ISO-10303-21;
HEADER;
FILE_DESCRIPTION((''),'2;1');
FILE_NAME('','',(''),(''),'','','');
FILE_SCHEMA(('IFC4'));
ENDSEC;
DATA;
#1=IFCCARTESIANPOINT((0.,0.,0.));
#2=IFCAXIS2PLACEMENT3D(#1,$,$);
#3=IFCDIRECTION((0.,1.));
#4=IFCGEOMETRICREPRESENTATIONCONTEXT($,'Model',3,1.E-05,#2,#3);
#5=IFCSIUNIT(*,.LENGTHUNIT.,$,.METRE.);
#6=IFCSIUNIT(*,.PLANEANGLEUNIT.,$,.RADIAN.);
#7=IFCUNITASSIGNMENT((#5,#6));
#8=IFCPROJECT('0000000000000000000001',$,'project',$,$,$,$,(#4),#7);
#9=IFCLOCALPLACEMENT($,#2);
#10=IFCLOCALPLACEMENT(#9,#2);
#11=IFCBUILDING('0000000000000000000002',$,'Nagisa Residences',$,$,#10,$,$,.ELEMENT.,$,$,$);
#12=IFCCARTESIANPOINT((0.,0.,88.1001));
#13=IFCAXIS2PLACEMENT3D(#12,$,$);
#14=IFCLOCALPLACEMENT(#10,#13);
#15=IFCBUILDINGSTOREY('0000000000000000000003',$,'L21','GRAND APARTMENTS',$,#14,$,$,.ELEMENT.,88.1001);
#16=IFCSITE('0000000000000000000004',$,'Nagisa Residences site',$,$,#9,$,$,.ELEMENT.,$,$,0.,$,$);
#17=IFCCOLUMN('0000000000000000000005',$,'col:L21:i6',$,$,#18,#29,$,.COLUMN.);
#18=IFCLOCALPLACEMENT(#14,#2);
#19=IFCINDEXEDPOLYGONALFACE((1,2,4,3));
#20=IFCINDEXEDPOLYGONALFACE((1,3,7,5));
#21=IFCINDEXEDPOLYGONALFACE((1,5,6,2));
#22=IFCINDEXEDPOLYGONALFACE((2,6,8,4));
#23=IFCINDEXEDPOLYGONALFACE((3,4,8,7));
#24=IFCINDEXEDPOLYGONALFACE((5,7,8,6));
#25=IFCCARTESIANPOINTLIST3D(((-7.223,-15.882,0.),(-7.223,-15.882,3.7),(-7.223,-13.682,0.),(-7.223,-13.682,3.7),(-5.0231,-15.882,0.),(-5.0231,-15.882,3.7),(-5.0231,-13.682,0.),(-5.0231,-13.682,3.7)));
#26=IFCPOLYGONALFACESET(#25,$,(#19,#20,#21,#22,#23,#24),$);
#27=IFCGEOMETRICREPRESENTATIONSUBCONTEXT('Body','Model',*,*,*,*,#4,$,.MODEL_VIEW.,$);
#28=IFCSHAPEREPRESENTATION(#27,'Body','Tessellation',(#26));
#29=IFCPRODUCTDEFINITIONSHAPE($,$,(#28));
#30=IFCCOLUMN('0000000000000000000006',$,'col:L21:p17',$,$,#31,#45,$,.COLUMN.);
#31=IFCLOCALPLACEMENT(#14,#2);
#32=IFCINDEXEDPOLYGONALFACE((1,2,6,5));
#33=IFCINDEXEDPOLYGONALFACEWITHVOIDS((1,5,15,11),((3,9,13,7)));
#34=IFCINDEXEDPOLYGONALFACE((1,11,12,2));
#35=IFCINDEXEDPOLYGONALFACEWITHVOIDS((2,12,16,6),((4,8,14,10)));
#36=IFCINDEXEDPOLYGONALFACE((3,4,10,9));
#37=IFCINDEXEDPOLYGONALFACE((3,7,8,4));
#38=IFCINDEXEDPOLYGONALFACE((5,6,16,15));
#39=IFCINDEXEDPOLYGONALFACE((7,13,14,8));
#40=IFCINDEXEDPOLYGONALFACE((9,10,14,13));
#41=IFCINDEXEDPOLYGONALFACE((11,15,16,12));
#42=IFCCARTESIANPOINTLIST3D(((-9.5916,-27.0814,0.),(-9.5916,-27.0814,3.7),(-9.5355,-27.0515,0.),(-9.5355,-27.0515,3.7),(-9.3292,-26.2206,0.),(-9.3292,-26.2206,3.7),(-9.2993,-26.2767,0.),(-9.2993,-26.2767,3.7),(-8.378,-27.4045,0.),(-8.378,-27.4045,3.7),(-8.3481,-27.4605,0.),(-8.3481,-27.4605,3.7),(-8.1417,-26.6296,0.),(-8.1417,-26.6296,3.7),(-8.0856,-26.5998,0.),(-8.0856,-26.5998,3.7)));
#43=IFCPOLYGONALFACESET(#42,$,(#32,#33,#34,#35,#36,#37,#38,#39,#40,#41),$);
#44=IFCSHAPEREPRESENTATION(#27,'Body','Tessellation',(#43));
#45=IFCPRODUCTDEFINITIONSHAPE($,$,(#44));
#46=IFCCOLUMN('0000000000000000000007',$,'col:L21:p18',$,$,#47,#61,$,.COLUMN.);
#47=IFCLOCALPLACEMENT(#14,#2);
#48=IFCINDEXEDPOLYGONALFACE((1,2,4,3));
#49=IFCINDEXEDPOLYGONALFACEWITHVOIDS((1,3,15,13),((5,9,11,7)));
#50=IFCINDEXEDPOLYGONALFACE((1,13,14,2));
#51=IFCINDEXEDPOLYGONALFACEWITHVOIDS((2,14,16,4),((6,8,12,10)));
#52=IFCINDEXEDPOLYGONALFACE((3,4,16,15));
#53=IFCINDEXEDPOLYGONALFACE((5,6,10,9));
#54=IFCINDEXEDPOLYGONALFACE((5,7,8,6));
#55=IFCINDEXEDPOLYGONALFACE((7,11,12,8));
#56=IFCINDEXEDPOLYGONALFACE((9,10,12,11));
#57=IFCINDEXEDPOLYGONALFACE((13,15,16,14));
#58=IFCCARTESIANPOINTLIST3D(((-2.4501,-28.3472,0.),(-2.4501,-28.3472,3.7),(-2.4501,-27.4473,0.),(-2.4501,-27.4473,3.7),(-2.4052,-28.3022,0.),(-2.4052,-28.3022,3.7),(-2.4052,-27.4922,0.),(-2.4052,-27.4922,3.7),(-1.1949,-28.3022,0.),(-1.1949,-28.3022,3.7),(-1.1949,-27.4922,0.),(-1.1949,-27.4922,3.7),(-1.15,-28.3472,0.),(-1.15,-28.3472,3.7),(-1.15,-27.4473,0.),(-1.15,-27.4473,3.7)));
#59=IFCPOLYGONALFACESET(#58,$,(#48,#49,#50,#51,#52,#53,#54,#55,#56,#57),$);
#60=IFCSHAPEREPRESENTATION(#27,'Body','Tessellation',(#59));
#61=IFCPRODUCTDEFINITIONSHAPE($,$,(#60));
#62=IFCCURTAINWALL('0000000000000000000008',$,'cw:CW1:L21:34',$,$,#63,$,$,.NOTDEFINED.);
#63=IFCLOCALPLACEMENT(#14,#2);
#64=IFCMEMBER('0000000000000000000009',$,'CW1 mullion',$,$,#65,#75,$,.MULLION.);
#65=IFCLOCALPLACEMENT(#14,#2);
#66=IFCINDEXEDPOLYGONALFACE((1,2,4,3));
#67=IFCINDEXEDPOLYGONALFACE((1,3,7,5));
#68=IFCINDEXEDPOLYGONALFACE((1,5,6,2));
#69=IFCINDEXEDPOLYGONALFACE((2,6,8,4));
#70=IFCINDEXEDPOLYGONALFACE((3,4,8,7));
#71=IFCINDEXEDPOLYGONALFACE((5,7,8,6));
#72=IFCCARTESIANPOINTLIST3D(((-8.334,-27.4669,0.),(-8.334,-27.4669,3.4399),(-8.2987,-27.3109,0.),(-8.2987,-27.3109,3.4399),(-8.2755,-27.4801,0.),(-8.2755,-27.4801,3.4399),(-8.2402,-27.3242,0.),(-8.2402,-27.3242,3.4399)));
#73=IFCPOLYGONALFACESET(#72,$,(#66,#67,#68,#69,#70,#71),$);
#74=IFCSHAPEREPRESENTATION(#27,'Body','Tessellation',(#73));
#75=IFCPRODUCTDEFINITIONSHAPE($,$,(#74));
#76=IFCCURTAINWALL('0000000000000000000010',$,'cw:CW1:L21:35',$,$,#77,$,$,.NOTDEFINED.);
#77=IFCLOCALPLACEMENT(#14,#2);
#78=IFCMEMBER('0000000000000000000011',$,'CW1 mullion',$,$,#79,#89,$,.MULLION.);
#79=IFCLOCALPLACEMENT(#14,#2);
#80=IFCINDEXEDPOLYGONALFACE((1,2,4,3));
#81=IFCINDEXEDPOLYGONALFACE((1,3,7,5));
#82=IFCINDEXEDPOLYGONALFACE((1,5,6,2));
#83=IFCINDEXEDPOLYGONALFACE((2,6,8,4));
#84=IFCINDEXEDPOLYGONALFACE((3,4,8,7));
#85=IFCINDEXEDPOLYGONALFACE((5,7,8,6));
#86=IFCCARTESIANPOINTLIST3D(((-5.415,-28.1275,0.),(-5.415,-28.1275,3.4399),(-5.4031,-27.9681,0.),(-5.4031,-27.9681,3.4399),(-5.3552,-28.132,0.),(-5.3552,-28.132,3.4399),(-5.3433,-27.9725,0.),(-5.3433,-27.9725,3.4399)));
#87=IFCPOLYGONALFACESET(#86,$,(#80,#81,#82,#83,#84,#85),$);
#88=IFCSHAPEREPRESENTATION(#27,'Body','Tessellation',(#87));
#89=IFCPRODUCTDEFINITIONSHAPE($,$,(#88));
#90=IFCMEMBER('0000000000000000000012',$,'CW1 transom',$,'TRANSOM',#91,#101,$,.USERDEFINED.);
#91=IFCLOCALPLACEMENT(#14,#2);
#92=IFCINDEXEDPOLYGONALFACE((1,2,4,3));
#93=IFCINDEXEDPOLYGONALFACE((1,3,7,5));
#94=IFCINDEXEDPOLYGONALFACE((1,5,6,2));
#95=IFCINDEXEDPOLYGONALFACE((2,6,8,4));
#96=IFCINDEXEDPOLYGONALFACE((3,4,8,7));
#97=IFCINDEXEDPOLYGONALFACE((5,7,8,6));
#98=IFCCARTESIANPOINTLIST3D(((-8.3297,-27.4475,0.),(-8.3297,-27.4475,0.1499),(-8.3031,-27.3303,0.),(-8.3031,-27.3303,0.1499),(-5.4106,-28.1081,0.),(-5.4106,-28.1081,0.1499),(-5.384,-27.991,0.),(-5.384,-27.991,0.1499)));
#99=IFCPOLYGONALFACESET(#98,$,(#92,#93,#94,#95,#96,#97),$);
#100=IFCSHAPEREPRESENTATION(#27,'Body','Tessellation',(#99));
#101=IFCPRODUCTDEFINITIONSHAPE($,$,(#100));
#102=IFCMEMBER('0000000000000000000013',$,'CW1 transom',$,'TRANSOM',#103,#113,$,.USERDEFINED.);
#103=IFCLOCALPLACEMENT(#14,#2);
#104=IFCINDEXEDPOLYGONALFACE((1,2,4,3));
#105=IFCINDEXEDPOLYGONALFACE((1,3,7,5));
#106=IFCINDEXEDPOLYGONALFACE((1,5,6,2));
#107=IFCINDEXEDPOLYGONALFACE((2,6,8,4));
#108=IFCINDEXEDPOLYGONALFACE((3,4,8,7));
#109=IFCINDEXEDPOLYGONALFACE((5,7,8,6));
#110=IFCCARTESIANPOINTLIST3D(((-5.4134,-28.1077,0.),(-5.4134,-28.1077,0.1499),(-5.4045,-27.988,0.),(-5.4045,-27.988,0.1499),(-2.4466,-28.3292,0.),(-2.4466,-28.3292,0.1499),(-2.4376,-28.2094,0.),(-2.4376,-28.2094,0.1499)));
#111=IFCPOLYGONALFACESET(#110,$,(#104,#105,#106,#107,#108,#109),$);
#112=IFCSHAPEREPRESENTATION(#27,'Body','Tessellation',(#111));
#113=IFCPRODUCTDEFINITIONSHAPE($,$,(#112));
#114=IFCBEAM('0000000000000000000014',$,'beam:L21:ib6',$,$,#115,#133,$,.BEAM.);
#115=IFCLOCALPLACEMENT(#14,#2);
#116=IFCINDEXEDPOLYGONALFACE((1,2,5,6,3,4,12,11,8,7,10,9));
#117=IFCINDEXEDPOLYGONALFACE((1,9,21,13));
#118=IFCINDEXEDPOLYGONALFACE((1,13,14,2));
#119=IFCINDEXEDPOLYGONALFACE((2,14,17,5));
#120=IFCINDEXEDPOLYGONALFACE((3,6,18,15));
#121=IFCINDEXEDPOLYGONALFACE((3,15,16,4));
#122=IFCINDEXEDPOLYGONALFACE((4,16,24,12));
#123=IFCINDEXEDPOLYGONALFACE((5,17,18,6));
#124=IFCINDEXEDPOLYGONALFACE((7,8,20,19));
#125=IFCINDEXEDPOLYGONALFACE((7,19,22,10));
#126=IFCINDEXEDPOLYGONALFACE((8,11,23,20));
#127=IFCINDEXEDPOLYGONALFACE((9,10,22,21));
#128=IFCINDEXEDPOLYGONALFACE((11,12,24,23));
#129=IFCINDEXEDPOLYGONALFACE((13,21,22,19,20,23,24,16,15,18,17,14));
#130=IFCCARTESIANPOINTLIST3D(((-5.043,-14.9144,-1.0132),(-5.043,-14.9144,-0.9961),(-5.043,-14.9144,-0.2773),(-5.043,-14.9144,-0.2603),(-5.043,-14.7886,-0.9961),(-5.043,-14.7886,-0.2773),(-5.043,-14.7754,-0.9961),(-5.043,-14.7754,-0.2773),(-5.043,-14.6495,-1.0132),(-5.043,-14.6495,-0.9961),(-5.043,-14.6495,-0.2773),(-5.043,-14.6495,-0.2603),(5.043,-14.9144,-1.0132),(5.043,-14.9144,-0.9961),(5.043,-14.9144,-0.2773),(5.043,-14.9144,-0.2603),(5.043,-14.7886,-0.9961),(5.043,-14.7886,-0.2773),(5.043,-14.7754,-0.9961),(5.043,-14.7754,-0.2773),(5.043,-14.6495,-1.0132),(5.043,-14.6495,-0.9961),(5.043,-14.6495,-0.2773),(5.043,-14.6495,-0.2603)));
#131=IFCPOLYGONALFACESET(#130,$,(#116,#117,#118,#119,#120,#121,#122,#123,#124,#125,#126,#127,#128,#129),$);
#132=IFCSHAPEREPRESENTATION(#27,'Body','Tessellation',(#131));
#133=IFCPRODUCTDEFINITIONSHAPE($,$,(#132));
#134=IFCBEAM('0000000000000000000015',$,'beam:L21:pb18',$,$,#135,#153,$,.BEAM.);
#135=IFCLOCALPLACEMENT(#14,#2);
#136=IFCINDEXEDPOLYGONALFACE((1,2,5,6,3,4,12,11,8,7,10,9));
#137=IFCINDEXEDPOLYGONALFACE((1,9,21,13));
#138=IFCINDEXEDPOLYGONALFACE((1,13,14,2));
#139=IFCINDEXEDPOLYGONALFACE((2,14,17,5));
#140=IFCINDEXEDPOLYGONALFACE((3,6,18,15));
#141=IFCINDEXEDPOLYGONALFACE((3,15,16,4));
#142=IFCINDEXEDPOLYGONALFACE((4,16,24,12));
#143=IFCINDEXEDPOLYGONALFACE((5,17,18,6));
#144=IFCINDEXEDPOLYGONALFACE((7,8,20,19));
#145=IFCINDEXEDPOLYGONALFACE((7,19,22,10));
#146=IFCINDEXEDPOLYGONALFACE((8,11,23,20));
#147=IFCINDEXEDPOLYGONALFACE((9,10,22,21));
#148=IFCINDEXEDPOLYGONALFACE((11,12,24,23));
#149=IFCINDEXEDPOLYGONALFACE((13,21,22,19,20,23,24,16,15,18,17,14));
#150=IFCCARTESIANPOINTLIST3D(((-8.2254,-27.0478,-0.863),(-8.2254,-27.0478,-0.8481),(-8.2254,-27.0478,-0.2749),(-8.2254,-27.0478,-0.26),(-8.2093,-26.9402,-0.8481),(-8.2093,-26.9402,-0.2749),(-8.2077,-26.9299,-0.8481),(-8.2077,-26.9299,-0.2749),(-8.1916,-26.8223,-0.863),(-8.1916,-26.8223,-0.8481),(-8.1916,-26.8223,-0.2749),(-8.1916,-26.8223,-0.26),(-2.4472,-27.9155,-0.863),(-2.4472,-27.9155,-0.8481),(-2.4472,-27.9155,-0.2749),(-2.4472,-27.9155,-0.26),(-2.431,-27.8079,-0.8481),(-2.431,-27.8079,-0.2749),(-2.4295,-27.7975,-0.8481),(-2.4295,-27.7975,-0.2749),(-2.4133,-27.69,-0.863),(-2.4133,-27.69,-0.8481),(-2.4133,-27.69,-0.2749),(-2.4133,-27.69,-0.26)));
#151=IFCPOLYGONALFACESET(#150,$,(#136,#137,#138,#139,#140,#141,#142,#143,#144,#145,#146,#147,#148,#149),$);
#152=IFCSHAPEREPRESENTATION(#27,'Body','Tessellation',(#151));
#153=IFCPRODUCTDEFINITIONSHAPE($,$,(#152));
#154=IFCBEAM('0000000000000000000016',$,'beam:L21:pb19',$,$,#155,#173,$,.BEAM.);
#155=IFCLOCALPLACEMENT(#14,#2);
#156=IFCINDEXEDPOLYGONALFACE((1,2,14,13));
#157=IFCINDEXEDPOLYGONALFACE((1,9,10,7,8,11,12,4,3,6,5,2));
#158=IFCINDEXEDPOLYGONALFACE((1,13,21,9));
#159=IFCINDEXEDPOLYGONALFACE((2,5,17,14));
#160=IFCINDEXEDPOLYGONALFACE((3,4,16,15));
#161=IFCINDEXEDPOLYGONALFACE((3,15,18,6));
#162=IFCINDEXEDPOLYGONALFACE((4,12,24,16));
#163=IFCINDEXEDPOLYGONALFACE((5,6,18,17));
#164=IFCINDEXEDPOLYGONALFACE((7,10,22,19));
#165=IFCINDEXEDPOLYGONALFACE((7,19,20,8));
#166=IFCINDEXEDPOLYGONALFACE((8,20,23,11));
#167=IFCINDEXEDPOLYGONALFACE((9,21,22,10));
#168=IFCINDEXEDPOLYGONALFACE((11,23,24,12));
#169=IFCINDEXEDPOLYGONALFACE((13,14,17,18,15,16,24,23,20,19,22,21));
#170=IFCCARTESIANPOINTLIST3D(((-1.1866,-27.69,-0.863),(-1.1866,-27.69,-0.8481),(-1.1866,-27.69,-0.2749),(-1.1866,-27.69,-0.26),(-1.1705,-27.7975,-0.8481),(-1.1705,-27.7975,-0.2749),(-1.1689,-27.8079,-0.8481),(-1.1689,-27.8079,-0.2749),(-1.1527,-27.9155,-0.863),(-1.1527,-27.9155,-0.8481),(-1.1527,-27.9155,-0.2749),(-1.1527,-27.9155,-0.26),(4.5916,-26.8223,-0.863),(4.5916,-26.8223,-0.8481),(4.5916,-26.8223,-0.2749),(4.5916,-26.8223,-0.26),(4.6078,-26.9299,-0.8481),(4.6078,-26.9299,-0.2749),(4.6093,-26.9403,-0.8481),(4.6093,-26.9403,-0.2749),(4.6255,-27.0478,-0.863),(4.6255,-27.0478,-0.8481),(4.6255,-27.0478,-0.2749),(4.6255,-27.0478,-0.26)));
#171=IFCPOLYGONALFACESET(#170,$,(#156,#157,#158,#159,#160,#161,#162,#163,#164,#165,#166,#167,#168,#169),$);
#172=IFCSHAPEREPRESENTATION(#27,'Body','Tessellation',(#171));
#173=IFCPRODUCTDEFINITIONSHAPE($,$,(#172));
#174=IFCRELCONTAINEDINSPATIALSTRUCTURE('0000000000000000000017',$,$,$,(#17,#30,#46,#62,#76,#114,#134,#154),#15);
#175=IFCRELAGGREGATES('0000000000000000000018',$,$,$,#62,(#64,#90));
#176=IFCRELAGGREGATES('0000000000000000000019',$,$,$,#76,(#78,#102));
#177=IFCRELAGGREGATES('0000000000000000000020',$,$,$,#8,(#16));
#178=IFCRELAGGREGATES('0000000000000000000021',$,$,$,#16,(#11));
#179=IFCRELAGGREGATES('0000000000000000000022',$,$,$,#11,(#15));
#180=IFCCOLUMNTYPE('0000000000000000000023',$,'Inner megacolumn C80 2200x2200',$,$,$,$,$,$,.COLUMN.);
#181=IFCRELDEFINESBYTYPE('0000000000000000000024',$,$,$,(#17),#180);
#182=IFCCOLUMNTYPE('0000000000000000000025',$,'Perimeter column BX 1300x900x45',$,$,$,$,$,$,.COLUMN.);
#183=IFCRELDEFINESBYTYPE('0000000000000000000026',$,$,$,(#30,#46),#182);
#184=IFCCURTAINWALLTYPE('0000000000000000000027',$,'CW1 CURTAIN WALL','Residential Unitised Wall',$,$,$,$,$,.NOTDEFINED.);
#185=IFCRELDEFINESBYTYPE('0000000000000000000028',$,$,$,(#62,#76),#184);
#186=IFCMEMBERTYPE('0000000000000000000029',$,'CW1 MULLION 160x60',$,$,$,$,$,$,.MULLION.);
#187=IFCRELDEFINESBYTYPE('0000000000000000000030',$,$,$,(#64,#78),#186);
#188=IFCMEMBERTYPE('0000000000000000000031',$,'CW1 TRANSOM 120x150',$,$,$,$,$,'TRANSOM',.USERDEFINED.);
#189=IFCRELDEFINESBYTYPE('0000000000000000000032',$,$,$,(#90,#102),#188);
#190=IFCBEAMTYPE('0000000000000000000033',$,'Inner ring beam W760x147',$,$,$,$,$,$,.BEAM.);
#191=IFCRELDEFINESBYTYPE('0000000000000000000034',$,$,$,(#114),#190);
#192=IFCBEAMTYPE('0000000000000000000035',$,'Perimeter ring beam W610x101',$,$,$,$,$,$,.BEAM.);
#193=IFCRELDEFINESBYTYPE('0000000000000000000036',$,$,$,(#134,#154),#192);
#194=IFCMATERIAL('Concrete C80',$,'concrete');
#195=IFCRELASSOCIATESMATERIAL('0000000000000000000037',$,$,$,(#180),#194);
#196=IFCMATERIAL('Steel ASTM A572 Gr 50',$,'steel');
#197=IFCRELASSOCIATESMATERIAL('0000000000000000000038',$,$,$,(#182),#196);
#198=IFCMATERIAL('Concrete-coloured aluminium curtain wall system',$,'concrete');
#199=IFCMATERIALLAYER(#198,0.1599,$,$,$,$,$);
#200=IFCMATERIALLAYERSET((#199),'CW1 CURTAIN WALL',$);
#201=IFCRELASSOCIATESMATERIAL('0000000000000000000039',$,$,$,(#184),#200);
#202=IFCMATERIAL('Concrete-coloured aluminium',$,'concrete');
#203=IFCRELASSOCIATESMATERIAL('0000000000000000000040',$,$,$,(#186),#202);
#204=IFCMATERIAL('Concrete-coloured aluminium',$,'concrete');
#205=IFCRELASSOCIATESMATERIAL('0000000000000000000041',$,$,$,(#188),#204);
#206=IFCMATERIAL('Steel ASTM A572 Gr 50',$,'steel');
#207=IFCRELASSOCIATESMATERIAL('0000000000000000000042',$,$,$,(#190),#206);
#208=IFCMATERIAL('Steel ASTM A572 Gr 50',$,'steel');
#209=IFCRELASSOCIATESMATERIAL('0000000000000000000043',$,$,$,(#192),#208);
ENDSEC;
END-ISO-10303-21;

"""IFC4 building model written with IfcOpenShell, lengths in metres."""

from ifc_helpers import new_model, si_unit, direction, frame, origin, origin_2d, place, context, subcontext, project, spatial, rectangle, hollow_rectangle, i_section, extrude, material, layer, layer_set, material_profile, profile_set, type_object, element, aggregate, save


model = new_model("IFC4")

# Units and contexts
model_context = context("Model", 3, precision=1e-05, world=origin(), true_north=direction((0.0, 1.0)))
body_context = subcontext(model_context, "Body", "Model", "MODEL_VIEW")
ifc_project = project(units=[si_unit("LENGTHUNIT", "METRE"), si_unit("PLANEANGLEUNIT", "RADIAN")], contexts=[model_context])

# Site, building, storey
site_placement = place(None, origin())
site = spatial("IfcSite", under=ifc_project, at=site_placement, Name="Nagisa Residences site", CompositionType="ELEMENT", RefElevation=0.0)
building_placement = place(site_placement, origin())
building = spatial("IfcBuilding", under=site, at=building_placement, Name="Nagisa Residences", CompositionType="ELEMENT")
storey_placement = place(building_placement, frame((0.0, 0.0, 88.1001)))
storey = spatial("IfcBuildingStorey", under=building, at=storey_placement, Name="L21", Description="GRAND APARTMENTS", CompositionType="ELEMENT", Elevation=88.1001)

# Columns
ifc_material_1 = material(Name="Concrete C80", Category="concrete")
ifc_material_profile_1 = material_profile(ifc_material_1, rectangle(XDim=2.2, YDim=2.2, at=origin_2d()), Name="C80 2200x2200")
ifc_profile_set_1 = profile_set([ifc_material_profile_1], Name="Concrete C80")
column_type_1 = type_object("IfcColumnType", Name="Inner megacolumn C80 2200x2200", PredefinedType="COLUMN", material=ifc_profile_set_1)
column_placement = place(storey_placement, frame((-6.123, -14.782, 0.0), z_axis=(0.0, 0.0, 1.0), x_axis=(1.0, 0.0, 0.0)))
element("IfcColumn", 1, at=column_placement, inside=storey, type_object=column_type_1, Name="col:L21:i6", PredefinedType="COLUMN", context=body_context, shape_type="SweptSolid", body=[
    extrude(rectangle(XDim=2.2, YDim=2.2, at=origin_2d()), origin(), (0.0, 0.0, 1.0), 3.7),
])
ifc_material_2 = material(Name="Steel ASTM A572 Gr 50", Category="steel")
ifc_material_profile_2 = material_profile(ifc_material_2, hollow_rectangle(XDim=1.3, YDim=0.8999, WallThickness=0.0449, at=origin_2d()), Name="BX 1300x900x45")
ifc_profile_set_2 = profile_set([ifc_material_profile_2], Name="Steel ASTM A572 Gr 50")
column_type_2 = type_object("IfcColumnType", Name="Perimeter column BX 1300x900x45", PredefinedType="COLUMN", material=ifc_profile_set_2)
for number, where, z_axis, x_axis, name in (
    (2, (-8.8386, -26.8406, 0.0), (0.0, 0.0, 1.0), (0.956525, -0.291652, 0.0), "col:L21:p17"),
    (3, (-1.8, -27.8972, 0.0), (0.0, 0.0, 1.0), (1.0, 0.0, 0.0), "col:L21:p18"),
):
    element("IfcColumn", number, at=place(storey_placement, frame(where, z_axis=z_axis, x_axis=x_axis)), inside=storey, type_object=column_type_2, Name=name, PredefinedType="COLUMN", context=body_context, shape_type="SweptSolid", body=[
        extrude(hollow_rectangle(XDim=1.3, YDim=0.8999, WallThickness=0.0449, at=origin_2d()), origin(), (0.0, 0.0, 1.0), 3.7),
    ])

# Curtain walls, members
ifc_material_3 = material(Name="Concrete-coloured aluminium curtain wall system", Category="concrete")
ifc_layer_1 = layer(ifc_material_3, 0.1599)
ifc_layer_set_1 = layer_set([ifc_layer_1], Name="CW1 CURTAIN WALL")
curtain_wall_type = type_object("IfcCurtainWallType", Name="CW1 CURTAIN WALL", Description="Residential Unitised Wall", PredefinedType="NOTDEFINED", material=ifc_layer_set_1)
curtain_wall_1_placement = place(storey_placement, origin())
curtain_wall_1 = element("IfcCurtainWall", 4, at=curtain_wall_1_placement, inside=storey, type_object=curtain_wall_type, Name="cw:CW1:L21:34", PredefinedType="NOTDEFINED")
ifc_material_4 = material(Name="Concrete-coloured aluminium", Category="concrete")
ifc_material_profile_3 = material_profile(ifc_material_4, rectangle(XDim=0.1599, YDim=0.0601, at=origin_2d()), Name="CW1 MULLION 160x60")
ifc_profile_set_3 = profile_set([ifc_material_profile_3], Name="Concrete-coloured aluminium")
member_type_1 = type_object("IfcMemberType", Name="CW1 MULLION 160x60", PredefinedType="MULLION", material=ifc_profile_set_3)
member_1_placement = place(storey_placement, frame((-8.2871, -27.3955, 0.0), z_axis=(0.0, 0.0, 1.0), x_axis=(0.220764, 0.975327, 0.0)))
member_1 = element("IfcMember", 5, at=member_1_placement, type_object=member_type_1, Name="CW1 mullion", PredefinedType="MULLION", context=body_context, shape_type="SweptSolid", body=[
    extrude(rectangle(XDim=0.1599, YDim=0.0601, at=origin_2d()), origin(), (0.0, 0.0, 1.0), 3.4399),
])
curtain_wall_2_placement = place(storey_placement, origin())
curtain_wall_2 = element("IfcCurtainWall", 6, at=curtain_wall_2_placement, inside=storey, type_object=curtain_wall_type, Name="cw:CW1:L21:35", PredefinedType="NOTDEFINED")
member_2_placement = place(storey_placement, frame((-5.3792, -28.05, 0.0), z_axis=(0.0, 0.0, 1.0), x_axis=(0.074377, 0.99723, 0.0)))
member_2 = element("IfcMember", 7, at=member_2_placement, type_object=member_type_1, Name="CW1 mullion", PredefinedType="MULLION", context=body_context, shape_type="SweptSolid", body=[
    extrude(rectangle(XDim=0.1599, YDim=0.0601, at=origin_2d()), origin(), (0.0, 0.0, 1.0), 3.4399),
])

# Members
ifc_material_5 = material(Name="Concrete-coloured aluminium", Category="concrete")
ifc_material_profile_4 = material_profile(ifc_material_5, rectangle(XDim=0.1201, YDim=0.1499, at=origin_2d()), Name="CW1 TRANSOM 120x150")
ifc_profile_set_4 = profile_set([ifc_material_profile_4], Name="Concrete-coloured aluminium")
member_type_2 = type_object("IfcMemberType", Name="CW1 TRANSOM 120x150", ElementType="TRANSOM", PredefinedType="USERDEFINED", material=ifc_profile_set_4)
member_3_placement = place(storey_placement, frame((-8.3164, -27.3889, 0.075), z_axis=(0.975335, -0.220729, 0.0), x_axis=(0.220729, 0.975335, 0.0)))
member_3 = element("IfcMember", 8, at=member_3_placement, type_object=member_type_2, Name="CW1 transom", ObjectType="TRANSOM", PredefinedType="USERDEFINED", context=body_context, shape_type="SweptSolid", body=[
    extrude(rectangle(XDim=0.1201, YDim=0.1499, at=origin_2d()), origin(), (0.0, 0.0, 1.0), 2.9929),
])
member_4_placement = place(storey_placement, frame((-5.4089, -28.0479, 0.075), z_axis=(0.997226, -0.074431, 0.0), x_axis=(0.074431, 0.997226, 0.0)))
member_4 = element("IfcMember", 9, at=member_4_placement, type_object=member_type_2, Name="CW1 transom", ObjectType="TRANSOM", PredefinedType="USERDEFINED", context=body_context, shape_type="SweptSolid", body=[
    extrude(rectangle(XDim=0.1201, YDim=0.1499, at=origin_2d()), origin(), (0.0, 0.0, 1.0), 2.9751),
])

# Beams
ifc_material_6 = material(Name="Steel ASTM A572 Gr 50", Category="steel")
ifc_material_profile_5 = material_profile(ifc_material_6, i_section(OverallWidth=0.2649, OverallDepth=0.7529, WebThickness=0.0132, FlangeThickness=0.0171, at=origin_2d()), Name="W760x147")
ifc_profile_set_5 = profile_set([ifc_material_profile_5], Name="Steel ASTM A572 Gr 50")
beam_type_1 = type_object("IfcBeamType", Name="Inner ring beam W760x147", PredefinedType="BEAM", material=ifc_profile_set_5)
beam_1_placement = place(storey_placement, frame((-5.043, -14.782, -0.6367), z_axis=(1.0, 0.0, 0.0), x_axis=(0.0, 1.0, 0.0)))
element("IfcBeam", 10, at=beam_1_placement, inside=storey, type_object=beam_type_1, Name="beam:L21:ib6", PredefinedType="BEAM", context=body_context, shape_type="SweptSolid", body=[
    extrude(i_section(OverallWidth=0.2649, OverallDepth=0.7529, WebThickness=0.0132, FlangeThickness=0.0171, at=origin_2d()), origin(), (0.0, 0.0, 1.0), 10.0859),
])
ifc_material_7 = material(Name="Steel ASTM A572 Gr 50", Category="steel")
ifc_material_profile_6 = material_profile(ifc_material_7, i_section(OverallWidth=0.228, OverallDepth=0.603, WebThickness=0.0105, FlangeThickness=0.0149, at=origin_2d()), Name="W610x101")
ifc_profile_set_6 = profile_set([ifc_material_profile_6], Name="Steel ASTM A572 Gr 50")
beam_type_2 = type_object("IfcBeamType", Name="Perimeter ring beam W610x101", PredefinedType="BEAM", material=ifc_profile_set_6)
for number, where, z_axis, x_axis, name in (
    (11, (-8.2085, -26.9351, -0.5615), (0.988913, -0.148496, 0.0), (0.148496, 0.988913, 0.0), "beam:L21:pb18"),
    (12, (-1.1697, -27.8027, -0.5615), (0.988913, 0.148496, 0.0), (-0.148496, 0.988913, 0.0), "beam:L21:pb19"),
):
    element("IfcBeam", number, at=place(storey_placement, frame(where, z_axis=z_axis, x_axis=x_axis)), inside=storey, type_object=beam_type_2, Name=name, PredefinedType="BEAM", context=body_context, shape_type="SweptSolid", body=[
        extrude(i_section(OverallWidth=0.228, OverallDepth=0.603, WebThickness=0.0105, FlangeThickness=0.0149, at=origin_2d()), origin(), (0.0, 0.0, 1.0), 5.843),
    ])

aggregate(curtain_wall_1, [member_1, member_3])
aggregate(curtain_wall_2, [member_2, member_4])

save(model, "model.ifc")
